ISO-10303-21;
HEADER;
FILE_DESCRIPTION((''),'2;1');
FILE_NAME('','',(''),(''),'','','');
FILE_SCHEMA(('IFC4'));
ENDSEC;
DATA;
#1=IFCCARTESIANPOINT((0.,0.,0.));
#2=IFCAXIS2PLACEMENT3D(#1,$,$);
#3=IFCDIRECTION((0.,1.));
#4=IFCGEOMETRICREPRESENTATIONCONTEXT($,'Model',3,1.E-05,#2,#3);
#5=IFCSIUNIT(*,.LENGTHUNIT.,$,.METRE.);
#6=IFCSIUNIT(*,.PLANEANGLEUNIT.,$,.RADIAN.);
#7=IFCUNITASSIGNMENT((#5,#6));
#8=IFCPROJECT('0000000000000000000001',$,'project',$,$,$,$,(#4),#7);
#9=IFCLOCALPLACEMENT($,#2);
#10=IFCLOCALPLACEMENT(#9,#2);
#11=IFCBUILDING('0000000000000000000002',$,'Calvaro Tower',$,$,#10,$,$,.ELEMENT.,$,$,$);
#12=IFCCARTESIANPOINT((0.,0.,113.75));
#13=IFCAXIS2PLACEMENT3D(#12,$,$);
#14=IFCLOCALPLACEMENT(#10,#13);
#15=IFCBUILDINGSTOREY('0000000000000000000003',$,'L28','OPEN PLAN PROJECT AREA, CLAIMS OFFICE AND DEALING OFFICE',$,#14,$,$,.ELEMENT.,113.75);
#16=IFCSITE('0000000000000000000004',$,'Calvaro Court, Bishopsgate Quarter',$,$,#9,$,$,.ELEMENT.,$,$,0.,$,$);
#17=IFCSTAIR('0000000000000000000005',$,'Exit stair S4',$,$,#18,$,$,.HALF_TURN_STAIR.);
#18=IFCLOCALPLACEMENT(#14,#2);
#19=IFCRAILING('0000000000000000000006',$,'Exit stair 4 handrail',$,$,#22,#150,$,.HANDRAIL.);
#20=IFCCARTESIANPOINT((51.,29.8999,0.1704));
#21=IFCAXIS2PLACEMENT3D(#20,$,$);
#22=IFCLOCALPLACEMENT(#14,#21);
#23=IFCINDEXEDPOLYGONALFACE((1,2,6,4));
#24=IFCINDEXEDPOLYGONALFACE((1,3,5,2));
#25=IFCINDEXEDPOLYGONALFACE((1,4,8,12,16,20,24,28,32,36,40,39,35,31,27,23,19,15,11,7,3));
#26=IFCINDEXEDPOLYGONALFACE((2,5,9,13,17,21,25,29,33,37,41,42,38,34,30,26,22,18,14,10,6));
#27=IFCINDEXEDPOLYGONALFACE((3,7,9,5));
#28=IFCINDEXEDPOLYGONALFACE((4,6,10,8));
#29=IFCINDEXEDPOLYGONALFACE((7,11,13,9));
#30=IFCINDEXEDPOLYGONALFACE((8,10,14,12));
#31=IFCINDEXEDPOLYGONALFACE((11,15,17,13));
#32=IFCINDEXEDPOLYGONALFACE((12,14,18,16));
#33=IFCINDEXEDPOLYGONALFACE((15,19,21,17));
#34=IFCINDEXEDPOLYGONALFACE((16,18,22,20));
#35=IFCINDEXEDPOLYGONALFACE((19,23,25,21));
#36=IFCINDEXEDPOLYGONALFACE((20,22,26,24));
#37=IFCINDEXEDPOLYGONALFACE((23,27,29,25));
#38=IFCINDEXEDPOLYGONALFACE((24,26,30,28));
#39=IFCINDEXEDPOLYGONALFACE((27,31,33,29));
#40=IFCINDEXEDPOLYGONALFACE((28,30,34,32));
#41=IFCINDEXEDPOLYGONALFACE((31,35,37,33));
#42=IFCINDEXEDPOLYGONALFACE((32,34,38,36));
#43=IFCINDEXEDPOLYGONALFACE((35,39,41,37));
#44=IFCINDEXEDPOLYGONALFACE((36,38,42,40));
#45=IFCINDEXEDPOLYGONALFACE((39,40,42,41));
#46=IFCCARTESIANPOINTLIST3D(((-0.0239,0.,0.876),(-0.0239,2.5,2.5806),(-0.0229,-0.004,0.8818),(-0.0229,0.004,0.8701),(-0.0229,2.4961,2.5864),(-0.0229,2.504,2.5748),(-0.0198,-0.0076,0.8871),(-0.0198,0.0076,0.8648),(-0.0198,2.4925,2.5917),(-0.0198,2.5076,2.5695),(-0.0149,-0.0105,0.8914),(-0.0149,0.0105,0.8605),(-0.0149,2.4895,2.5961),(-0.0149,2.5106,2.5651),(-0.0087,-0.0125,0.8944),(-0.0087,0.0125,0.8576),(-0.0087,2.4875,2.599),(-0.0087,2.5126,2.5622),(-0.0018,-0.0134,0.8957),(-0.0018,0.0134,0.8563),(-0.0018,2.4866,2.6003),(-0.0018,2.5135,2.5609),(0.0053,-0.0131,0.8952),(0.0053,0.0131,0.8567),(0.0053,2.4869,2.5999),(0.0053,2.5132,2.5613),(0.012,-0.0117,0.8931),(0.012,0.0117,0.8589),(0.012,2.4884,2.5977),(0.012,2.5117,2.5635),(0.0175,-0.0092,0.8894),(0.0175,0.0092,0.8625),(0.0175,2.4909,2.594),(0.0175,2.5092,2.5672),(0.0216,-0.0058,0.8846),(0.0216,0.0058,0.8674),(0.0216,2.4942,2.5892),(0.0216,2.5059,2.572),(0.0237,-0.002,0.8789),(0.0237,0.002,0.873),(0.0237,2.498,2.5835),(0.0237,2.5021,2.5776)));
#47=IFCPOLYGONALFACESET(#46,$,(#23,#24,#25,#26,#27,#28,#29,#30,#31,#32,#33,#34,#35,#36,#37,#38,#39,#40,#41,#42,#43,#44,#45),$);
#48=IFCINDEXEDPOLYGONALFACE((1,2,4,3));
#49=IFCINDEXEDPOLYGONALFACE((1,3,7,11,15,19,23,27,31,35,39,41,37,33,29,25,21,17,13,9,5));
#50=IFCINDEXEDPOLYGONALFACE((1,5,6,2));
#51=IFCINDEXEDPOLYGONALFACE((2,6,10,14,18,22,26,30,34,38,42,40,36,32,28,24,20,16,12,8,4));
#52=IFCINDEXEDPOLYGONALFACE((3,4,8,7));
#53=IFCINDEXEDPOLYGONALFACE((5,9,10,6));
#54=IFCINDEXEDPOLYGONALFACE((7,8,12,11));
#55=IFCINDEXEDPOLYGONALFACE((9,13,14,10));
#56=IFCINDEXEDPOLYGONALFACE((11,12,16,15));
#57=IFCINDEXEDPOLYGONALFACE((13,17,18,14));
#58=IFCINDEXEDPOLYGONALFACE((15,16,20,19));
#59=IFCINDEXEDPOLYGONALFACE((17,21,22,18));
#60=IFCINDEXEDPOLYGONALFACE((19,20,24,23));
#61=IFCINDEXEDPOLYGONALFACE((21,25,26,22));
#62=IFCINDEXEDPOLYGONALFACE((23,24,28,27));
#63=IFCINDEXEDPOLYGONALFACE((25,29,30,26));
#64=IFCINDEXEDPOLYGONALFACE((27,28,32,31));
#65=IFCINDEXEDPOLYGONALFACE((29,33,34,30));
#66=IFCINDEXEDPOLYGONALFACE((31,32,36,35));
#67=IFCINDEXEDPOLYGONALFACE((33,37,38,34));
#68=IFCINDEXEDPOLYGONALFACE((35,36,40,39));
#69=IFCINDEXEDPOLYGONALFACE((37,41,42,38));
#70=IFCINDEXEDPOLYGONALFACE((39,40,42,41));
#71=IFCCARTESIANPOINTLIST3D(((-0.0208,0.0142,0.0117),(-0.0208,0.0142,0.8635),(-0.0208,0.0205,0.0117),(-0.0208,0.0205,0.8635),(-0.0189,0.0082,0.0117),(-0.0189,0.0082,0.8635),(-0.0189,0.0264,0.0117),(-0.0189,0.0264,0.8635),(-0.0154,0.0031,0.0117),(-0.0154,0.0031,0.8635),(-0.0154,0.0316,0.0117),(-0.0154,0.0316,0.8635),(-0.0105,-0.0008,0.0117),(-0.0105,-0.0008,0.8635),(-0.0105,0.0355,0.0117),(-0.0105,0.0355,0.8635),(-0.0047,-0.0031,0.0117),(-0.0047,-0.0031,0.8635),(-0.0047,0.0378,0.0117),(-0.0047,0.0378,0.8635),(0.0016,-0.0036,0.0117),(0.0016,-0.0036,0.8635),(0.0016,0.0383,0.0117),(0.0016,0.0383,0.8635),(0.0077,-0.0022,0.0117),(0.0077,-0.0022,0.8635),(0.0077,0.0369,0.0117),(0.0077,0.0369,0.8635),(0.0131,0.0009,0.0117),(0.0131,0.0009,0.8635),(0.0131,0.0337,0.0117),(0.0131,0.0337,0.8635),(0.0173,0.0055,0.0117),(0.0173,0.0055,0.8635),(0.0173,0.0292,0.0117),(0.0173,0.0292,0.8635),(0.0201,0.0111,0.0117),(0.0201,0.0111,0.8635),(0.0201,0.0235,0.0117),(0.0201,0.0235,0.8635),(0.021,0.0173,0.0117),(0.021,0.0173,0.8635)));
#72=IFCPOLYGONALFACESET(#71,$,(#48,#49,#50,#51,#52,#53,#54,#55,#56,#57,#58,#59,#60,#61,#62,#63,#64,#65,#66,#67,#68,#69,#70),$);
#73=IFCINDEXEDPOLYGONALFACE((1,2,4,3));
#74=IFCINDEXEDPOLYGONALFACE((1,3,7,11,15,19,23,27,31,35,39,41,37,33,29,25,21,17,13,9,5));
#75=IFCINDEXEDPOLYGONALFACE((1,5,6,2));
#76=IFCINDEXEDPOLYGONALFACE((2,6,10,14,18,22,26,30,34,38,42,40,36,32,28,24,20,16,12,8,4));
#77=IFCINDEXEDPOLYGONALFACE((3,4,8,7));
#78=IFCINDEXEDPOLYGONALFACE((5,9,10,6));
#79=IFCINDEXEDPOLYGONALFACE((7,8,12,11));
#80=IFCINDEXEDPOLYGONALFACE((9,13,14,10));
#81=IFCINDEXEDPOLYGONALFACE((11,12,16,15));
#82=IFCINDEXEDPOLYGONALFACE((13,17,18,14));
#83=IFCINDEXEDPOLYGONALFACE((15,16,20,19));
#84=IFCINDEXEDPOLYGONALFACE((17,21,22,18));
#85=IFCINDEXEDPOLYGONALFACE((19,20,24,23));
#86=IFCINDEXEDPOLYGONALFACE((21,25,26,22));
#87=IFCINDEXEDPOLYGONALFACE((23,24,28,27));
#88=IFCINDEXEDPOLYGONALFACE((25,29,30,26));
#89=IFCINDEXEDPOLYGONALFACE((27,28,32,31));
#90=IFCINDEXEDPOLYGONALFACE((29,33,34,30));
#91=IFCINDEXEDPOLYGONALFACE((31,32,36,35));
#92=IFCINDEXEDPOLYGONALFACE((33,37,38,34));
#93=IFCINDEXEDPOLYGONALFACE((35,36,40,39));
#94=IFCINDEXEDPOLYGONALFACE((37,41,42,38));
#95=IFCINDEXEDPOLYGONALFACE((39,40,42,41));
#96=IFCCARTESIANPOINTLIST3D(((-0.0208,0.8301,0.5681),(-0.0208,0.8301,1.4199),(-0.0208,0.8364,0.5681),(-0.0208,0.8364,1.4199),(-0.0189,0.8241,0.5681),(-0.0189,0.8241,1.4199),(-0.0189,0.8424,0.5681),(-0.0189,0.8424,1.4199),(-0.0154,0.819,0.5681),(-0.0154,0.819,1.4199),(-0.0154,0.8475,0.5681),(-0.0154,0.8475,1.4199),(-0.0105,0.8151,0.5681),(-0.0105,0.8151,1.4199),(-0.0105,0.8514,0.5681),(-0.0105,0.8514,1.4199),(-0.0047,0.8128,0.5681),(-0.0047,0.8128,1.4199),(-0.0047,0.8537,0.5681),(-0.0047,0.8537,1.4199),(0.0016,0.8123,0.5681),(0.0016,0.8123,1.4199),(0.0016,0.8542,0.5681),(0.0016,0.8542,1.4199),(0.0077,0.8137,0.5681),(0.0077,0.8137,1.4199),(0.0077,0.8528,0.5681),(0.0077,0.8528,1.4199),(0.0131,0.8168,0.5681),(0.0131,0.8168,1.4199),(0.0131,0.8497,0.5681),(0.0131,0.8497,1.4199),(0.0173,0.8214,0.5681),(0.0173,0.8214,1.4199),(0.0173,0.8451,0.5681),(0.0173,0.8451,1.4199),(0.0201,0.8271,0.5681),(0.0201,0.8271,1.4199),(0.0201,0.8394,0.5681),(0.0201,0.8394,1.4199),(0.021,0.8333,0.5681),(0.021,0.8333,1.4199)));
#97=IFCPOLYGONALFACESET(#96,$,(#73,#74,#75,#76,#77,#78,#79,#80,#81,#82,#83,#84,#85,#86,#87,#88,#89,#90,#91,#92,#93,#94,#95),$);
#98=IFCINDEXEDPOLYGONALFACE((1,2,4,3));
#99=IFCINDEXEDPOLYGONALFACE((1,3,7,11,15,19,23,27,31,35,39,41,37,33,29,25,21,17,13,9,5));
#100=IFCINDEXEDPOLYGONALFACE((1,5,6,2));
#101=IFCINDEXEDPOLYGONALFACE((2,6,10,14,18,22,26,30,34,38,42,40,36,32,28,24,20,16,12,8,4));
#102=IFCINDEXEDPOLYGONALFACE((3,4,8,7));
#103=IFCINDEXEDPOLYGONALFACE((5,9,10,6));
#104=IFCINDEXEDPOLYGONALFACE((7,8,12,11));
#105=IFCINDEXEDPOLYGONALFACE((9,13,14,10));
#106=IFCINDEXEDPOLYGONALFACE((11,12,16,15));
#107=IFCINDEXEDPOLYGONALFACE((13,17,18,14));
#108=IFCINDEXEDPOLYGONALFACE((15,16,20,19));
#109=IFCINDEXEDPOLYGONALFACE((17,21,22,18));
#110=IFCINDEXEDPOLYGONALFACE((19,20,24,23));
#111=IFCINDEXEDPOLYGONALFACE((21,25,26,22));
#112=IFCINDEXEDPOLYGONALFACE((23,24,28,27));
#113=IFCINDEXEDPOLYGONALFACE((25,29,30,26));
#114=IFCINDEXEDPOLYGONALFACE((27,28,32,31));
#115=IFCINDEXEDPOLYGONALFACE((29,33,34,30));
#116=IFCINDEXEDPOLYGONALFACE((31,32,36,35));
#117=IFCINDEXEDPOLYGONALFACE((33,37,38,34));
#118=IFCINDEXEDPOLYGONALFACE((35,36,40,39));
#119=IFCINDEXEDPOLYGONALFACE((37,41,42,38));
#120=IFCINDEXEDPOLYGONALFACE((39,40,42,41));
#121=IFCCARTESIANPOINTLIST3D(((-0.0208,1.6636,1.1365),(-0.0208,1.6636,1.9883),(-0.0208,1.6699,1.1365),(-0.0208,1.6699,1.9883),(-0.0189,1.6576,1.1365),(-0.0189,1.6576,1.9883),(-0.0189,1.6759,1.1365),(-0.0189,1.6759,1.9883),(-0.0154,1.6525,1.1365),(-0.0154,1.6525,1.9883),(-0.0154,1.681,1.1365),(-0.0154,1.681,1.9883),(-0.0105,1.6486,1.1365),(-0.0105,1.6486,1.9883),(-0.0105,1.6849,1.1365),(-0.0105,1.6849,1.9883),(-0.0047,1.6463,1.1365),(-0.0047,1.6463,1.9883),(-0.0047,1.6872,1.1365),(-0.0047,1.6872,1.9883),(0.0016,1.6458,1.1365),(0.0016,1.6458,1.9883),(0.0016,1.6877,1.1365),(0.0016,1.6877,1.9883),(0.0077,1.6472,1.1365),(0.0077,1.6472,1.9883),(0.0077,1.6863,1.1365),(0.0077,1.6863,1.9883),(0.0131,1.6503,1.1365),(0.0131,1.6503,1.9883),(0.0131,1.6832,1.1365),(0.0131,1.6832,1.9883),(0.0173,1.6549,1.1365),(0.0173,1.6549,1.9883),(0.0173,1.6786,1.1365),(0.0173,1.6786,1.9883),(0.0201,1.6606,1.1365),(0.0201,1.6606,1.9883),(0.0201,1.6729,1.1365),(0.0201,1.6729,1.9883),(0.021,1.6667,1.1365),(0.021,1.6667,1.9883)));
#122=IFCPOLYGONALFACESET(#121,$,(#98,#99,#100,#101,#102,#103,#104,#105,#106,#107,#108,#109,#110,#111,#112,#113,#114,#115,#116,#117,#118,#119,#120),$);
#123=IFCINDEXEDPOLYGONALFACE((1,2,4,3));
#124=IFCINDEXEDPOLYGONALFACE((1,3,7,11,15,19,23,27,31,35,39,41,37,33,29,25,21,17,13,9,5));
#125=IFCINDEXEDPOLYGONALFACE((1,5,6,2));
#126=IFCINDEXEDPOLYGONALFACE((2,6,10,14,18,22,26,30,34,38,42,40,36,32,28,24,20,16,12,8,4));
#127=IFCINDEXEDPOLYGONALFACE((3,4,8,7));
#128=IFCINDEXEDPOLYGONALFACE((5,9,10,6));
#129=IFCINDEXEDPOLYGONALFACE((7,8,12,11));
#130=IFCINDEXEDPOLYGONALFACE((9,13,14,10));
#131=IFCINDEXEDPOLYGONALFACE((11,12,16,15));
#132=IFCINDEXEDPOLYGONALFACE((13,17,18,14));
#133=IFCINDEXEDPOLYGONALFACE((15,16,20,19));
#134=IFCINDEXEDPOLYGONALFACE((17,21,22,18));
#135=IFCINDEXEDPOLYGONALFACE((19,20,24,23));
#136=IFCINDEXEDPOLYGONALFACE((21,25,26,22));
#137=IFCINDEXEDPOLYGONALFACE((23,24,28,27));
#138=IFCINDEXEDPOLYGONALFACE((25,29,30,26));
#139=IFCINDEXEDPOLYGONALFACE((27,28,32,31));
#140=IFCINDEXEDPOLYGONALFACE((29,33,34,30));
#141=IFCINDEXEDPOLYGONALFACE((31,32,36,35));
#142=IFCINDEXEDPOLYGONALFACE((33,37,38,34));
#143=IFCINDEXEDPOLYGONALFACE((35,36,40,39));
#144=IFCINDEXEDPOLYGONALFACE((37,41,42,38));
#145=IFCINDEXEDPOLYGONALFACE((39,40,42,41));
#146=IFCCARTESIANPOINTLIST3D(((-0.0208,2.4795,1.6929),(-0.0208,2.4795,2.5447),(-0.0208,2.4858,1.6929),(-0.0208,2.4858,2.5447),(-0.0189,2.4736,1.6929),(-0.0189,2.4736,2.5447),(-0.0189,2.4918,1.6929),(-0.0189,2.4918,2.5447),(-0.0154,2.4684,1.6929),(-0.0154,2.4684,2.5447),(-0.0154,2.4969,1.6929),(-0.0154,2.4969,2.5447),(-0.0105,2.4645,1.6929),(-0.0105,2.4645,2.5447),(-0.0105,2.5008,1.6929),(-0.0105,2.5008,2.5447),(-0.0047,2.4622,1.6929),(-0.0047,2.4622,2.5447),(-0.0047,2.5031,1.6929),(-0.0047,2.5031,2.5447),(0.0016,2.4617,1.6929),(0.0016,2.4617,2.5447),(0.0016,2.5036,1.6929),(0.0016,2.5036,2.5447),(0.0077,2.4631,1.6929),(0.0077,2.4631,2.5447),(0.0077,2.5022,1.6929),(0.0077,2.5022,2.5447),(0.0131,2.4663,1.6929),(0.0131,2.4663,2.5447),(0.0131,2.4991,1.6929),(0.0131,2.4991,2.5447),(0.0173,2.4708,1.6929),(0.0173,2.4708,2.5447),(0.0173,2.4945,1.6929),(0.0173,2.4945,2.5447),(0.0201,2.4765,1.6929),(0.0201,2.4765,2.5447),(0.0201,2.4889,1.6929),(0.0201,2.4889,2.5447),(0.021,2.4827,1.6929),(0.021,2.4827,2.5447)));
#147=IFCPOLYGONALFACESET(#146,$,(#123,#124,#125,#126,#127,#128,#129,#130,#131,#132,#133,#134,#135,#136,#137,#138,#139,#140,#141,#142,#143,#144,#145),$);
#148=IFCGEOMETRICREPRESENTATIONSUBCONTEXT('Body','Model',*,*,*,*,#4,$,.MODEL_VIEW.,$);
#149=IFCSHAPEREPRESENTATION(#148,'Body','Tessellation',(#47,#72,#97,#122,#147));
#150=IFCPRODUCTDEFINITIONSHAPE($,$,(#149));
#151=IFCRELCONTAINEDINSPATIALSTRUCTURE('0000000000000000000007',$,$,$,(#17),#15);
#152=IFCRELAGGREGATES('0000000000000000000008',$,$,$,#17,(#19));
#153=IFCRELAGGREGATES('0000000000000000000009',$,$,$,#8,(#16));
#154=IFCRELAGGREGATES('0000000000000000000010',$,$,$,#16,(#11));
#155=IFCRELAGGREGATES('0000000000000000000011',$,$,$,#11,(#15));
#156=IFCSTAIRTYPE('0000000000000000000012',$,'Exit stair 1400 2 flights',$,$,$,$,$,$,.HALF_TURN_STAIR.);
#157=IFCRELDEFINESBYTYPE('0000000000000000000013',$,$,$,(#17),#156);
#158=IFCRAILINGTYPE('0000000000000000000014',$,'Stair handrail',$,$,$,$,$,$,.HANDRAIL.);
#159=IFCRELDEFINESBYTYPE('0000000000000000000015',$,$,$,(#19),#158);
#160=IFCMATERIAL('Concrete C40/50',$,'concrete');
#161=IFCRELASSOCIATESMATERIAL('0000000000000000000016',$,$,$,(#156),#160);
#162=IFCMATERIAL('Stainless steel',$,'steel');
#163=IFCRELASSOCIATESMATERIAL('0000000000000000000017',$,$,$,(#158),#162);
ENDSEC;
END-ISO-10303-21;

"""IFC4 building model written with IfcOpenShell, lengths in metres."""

from ifc_helpers import new_model, si_unit, direction, frame, origin, origin_2d, place, context, subcontext, project, spatial, circle, extrude, material, type_object, element, aggregate, save


model = new_model("IFC4")

# Units and contexts
model_context = context("Model", 3, precision=1e-05, world=origin(), true_north=direction((0.0, 1.0)))
body_context = subcontext(model_context, "Body", "Model", "MODEL_VIEW")
ifc_project = project(units=[si_unit("LENGTHUNIT", "METRE"), si_unit("PLANEANGLEUNIT", "RADIAN")], contexts=[model_context])

# Site, building, storey
site_placement = place(None, origin())
site = spatial("IfcSite", under=ifc_project, at=site_placement, Name="Calvaro Court, Bishopsgate Quarter", CompositionType="ELEMENT", RefElevation=0.0)
building_placement = place(site_placement, origin())
building = spatial("IfcBuilding", under=site, at=building_placement, Name="Calvaro Tower", CompositionType="ELEMENT")
storey_placement = place(building_placement, frame((0.0, 0.0, 113.75)))
storey = spatial("IfcBuildingStorey", under=building, at=storey_placement, Name="L28", Description="OPEN PLAN PROJECT AREA, CLAIMS OFFICE AND DEALING OFFICE", CompositionType="ELEMENT", Elevation=113.75)

# Stair
ifc_material_1 = material(Name="Concrete C40/50", Category="concrete")
stair_type = type_object("IfcStairType", Name="Exit stair 1400 2 flights", PredefinedType="HALF_TURN_STAIR", material=ifc_material_1)
stair_1_placement = place(storey_placement, origin())
stair_1 = element("IfcStair", 1, at=stair_1_placement, inside=storey, type_object=stair_type, Name="Exit stair S4", PredefinedType="HALF_TURN_STAIR")

# Railing
ifc_material_2 = material(Name="Stainless steel", Category="steel")
railing_type = type_object("IfcRailingType", Name="Stair handrail", PredefinedType="HANDRAIL", material=ifc_material_2)
railing_1_placement = place(storey_placement, frame((51.0, 29.8999, 0.1704)))
railing_1 = element("IfcRailing", 2, at=railing_1_placement, type_object=railing_type, Name="Exit stair 4 handrail", PredefinedType="HANDRAIL", context=body_context, shape_type="SweptSolid", body=[
    extrude(circle(Radius=0.0239, at=origin_2d()), frame((0.0, 0.0, 0.876), z_axis=(0.0, 0.826221, 0.563347), x_axis=(-1.0, 0.0, 0.0)), (0.0, 0.0, 1.0), 3.0259),
    extrude(circle(Radius=0.021, at=origin_2d()), frame((0.0, 0.0173, 0.0117)), (0.0, 0.0, 1.0), 0.8518),
    extrude(circle(Radius=0.021, at=origin_2d()), frame((0.0, 0.8333, 0.5681)), (0.0, 0.0, 1.0), 0.8518),
    extrude(circle(Radius=0.021, at=origin_2d()), frame((0.0, 1.6667, 1.1365)), (0.0, 0.0, 1.0), 0.8518),
    extrude(circle(Radius=0.021, at=origin_2d()), frame((0.0, 2.4827, 1.6929)), (0.0, 0.0, 1.0), 0.8518),
])
aggregate(stair_1, [railing_1])

save(model, "model.ifc")
